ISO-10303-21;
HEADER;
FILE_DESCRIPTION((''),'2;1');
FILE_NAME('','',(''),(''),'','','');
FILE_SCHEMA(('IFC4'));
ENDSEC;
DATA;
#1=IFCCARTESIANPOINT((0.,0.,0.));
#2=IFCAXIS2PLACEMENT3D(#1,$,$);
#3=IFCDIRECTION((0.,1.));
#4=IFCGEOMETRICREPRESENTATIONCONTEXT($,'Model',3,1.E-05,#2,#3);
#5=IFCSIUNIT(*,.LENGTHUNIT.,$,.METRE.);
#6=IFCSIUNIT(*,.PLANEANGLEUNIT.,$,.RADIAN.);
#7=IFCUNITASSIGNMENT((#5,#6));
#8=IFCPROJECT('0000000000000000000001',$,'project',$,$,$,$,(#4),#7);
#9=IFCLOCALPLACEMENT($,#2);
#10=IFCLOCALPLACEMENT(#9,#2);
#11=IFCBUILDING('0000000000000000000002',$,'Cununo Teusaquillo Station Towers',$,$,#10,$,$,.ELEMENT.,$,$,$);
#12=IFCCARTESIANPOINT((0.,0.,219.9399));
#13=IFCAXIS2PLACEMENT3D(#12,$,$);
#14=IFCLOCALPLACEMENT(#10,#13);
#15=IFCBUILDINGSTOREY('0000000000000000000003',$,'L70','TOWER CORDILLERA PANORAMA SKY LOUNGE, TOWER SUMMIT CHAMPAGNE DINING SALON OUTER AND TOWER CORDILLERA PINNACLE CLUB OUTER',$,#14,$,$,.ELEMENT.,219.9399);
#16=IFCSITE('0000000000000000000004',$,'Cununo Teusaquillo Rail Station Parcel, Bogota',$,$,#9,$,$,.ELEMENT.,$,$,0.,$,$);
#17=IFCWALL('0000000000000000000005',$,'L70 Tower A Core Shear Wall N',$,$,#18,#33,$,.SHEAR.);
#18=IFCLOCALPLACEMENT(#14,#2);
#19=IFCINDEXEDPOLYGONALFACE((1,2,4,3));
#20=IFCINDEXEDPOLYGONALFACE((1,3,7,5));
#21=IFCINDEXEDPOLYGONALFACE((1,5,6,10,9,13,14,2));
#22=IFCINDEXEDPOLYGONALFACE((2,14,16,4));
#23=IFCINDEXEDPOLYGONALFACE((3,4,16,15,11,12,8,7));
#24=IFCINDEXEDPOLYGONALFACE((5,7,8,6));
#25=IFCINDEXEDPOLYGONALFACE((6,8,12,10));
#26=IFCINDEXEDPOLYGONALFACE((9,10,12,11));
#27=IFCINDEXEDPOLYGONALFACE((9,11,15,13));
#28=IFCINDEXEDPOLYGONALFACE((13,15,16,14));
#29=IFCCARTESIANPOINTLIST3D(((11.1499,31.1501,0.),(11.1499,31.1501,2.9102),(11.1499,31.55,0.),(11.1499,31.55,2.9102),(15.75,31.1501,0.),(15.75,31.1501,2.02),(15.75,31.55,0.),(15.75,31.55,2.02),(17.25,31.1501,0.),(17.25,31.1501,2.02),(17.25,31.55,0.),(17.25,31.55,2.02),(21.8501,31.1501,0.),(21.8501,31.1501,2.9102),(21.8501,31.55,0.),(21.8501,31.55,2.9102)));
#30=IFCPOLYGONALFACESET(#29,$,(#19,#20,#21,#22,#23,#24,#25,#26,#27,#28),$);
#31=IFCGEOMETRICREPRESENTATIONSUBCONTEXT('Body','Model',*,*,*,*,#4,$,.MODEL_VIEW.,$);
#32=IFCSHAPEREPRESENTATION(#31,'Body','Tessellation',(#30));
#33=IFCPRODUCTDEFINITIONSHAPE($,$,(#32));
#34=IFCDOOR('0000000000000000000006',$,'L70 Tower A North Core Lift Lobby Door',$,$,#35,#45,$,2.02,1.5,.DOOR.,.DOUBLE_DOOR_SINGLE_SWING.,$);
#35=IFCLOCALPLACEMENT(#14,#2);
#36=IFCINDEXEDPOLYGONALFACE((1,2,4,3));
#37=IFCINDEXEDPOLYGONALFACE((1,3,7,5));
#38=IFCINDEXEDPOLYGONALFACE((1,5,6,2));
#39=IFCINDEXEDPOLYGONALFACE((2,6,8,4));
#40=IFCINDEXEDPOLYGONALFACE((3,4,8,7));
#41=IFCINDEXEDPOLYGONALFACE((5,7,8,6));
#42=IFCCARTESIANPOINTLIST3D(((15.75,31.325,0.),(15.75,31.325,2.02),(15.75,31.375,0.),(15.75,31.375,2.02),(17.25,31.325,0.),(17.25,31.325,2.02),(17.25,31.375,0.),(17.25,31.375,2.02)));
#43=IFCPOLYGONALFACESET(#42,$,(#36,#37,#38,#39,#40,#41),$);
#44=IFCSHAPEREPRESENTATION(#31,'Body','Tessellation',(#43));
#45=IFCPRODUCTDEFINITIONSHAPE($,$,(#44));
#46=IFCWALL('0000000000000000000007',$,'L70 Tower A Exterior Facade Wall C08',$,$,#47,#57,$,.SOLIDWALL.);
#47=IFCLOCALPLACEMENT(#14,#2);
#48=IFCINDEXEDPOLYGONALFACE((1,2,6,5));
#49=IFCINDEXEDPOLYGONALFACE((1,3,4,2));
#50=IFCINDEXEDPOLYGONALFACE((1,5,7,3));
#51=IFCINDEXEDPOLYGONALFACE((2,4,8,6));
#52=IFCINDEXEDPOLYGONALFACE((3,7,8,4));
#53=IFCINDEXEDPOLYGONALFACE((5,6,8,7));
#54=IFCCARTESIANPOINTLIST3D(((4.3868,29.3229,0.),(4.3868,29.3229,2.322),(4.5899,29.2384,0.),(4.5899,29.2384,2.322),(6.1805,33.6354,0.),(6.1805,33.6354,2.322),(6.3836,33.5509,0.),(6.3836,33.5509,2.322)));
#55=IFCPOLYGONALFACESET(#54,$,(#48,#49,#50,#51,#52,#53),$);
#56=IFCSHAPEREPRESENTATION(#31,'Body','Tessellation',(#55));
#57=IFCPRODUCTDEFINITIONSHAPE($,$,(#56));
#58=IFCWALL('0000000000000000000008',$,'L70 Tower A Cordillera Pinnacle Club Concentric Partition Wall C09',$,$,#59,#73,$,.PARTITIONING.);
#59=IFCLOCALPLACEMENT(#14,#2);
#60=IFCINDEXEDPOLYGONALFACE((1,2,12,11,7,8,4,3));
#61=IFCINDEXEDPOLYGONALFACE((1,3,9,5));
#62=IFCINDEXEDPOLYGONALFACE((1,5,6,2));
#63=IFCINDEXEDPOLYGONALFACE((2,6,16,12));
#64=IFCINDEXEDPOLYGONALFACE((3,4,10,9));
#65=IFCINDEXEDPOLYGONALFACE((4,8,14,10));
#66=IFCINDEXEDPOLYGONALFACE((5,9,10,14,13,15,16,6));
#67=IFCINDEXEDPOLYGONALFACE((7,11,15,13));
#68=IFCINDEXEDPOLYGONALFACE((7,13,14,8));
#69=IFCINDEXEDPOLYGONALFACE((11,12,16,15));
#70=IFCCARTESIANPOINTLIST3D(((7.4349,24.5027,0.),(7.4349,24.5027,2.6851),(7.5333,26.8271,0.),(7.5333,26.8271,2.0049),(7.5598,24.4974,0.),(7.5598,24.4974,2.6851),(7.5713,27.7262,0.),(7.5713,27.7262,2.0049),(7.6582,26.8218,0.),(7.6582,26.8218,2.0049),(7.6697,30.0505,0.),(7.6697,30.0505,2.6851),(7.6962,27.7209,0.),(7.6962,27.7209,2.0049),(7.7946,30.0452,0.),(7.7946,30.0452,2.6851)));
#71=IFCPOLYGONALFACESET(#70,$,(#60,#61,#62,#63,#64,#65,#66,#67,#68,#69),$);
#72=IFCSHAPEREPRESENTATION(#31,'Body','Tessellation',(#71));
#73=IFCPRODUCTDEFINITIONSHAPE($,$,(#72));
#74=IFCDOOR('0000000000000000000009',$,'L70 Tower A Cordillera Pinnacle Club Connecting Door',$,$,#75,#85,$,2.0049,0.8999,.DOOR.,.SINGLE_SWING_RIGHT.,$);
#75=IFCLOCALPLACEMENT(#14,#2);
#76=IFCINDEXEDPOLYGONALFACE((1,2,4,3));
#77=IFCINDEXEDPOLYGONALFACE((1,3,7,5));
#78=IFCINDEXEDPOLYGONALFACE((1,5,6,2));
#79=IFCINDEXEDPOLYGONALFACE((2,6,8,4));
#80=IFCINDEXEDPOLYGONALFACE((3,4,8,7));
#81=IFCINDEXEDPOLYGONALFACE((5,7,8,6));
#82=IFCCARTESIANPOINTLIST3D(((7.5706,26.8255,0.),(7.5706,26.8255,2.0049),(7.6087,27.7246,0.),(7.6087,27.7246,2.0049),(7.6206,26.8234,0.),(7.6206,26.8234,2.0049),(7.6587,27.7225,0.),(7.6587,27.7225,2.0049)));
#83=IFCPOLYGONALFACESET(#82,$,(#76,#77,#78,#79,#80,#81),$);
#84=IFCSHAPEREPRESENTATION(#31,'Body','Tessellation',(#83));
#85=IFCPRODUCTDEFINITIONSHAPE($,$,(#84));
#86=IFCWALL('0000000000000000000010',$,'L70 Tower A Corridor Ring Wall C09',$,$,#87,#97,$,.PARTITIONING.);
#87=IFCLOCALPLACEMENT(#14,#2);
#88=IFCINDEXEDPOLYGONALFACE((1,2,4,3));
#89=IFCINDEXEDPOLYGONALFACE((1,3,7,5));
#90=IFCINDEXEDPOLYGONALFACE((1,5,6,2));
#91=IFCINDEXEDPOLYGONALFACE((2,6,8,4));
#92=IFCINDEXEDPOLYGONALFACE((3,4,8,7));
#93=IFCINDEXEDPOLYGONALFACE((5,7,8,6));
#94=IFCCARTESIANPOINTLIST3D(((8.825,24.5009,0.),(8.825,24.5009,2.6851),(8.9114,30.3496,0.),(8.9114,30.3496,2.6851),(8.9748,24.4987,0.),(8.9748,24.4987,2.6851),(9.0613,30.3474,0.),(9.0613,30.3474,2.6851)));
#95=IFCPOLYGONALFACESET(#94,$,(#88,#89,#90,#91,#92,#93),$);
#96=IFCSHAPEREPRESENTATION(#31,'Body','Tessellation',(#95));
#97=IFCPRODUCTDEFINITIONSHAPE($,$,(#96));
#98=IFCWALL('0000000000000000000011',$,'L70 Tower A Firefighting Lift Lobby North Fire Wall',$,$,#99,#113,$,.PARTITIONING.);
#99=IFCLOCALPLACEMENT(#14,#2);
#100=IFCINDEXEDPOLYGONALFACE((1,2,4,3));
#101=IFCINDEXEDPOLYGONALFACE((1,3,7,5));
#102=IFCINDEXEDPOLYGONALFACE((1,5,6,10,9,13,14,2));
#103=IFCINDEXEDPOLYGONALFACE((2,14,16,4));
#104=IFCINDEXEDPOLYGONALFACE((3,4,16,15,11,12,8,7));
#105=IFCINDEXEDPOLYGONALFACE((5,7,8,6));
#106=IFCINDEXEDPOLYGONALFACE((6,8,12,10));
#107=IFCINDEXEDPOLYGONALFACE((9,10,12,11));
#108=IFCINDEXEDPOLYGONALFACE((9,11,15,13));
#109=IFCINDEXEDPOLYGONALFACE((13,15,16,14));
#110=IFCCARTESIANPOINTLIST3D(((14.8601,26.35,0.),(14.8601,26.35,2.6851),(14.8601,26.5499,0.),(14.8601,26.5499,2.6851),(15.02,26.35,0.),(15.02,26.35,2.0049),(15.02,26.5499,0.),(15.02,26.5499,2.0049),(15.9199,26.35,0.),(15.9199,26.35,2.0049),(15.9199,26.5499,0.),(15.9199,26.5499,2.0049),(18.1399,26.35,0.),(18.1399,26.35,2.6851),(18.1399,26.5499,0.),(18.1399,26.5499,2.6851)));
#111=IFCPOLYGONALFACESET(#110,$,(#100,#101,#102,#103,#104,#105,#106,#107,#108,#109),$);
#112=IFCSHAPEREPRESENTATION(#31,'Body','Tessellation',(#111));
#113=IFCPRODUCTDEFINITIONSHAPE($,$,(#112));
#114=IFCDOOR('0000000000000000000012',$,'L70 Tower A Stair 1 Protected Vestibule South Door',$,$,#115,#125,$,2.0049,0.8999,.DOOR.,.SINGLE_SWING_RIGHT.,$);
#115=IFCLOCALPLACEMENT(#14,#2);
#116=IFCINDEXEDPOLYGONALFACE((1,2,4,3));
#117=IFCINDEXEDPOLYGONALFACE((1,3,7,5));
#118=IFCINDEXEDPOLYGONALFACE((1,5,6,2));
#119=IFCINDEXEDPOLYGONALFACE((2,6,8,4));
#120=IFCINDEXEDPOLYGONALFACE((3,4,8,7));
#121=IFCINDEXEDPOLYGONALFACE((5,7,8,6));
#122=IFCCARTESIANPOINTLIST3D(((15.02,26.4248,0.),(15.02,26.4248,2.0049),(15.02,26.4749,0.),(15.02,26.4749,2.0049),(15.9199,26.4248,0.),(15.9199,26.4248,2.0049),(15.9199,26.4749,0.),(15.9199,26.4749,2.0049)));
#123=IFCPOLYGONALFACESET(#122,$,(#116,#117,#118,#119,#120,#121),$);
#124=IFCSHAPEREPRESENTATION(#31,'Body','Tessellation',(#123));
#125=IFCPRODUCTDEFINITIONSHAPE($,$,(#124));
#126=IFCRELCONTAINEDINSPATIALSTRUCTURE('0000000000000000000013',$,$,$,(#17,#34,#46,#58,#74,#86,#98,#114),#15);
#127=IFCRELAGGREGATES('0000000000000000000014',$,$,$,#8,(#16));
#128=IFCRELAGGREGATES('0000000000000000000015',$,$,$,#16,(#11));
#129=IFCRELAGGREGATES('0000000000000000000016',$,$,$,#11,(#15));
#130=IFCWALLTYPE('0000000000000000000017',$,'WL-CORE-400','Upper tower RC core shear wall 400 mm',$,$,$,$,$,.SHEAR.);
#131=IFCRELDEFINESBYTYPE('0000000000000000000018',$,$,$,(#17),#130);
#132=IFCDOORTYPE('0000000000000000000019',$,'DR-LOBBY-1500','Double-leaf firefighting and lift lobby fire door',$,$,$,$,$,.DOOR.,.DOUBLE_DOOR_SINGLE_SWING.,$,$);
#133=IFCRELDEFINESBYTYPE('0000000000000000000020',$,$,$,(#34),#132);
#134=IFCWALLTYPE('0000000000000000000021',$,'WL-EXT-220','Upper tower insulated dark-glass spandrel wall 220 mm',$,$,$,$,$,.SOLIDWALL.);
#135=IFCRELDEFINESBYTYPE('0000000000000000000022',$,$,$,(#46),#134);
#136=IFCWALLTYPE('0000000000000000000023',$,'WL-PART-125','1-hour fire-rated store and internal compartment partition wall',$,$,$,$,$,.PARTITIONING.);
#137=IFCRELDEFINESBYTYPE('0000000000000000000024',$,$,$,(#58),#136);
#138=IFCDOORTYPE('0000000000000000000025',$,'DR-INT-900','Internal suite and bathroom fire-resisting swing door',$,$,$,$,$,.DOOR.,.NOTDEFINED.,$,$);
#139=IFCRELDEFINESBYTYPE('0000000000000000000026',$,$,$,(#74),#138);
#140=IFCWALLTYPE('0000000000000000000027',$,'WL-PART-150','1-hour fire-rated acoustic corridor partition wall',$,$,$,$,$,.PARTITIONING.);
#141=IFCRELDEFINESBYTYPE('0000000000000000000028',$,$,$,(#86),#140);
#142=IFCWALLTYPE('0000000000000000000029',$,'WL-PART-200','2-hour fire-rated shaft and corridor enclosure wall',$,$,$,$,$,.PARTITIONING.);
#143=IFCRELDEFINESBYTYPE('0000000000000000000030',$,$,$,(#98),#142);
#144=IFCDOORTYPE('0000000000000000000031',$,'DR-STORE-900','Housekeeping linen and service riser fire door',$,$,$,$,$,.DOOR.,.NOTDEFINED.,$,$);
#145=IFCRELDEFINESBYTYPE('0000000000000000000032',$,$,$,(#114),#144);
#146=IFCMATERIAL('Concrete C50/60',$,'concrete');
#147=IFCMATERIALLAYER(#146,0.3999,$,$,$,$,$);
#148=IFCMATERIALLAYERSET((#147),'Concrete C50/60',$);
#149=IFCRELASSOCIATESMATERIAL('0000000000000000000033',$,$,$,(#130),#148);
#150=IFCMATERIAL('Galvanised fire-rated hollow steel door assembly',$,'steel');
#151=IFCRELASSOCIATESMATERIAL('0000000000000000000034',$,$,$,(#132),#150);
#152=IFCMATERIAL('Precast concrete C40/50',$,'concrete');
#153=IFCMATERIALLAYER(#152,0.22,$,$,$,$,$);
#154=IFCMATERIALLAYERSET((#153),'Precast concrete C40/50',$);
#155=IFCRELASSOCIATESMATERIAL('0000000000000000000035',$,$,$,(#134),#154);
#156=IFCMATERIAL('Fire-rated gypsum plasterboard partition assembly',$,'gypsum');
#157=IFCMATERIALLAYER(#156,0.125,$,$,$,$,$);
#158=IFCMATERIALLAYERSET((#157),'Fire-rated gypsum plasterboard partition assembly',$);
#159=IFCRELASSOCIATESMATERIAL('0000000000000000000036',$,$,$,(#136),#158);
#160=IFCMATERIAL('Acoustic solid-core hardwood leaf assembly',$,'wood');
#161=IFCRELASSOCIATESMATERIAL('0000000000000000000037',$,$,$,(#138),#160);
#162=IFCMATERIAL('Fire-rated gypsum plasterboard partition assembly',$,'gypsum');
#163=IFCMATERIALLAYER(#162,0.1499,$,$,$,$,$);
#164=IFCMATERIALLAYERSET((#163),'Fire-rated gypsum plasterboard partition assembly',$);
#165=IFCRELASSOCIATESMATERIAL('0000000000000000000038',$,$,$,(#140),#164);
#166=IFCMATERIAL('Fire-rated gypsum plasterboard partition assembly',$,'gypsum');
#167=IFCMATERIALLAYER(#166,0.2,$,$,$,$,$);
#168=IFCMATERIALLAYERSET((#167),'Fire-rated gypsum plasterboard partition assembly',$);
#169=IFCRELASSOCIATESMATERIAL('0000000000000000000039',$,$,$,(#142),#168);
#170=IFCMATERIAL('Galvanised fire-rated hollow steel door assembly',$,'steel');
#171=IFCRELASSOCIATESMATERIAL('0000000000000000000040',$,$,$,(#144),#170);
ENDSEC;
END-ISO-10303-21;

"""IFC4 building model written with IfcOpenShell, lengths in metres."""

from ifc_helpers import new_model, si_unit, direction, frame, frame_2d, origin, place, context, subcontext, project, spatial, rectangle, extrude, source, transform, mapped, material, layer, layer_set, type_object, element, fill, save


model = new_model("IFC4")

# Units and contexts
model_context = context("Model", 3, precision=1e-05, world=origin(), true_north=direction((0.0, 1.0)))
body_context = subcontext(model_context, "Body", "Model", "MODEL_VIEW")
ifc_project = project(units=[si_unit("LENGTHUNIT", "METRE"), si_unit("PLANEANGLEUNIT", "RADIAN")], contexts=[model_context])

# Site, building, storey
site_placement = place(None, origin())
site = spatial("IfcSite", under=ifc_project, at=site_placement, Name="Cununo Teusaquillo Rail Station Parcel, Bogota", CompositionType="ELEMENT", RefElevation=0.0)
building_placement = place(site_placement, origin())
building = spatial("IfcBuilding", under=site, at=building_placement, Name="Cununo Teusaquillo Station Towers", CompositionType="ELEMENT")
storey_placement = place(building_placement, frame((0.0, 0.0, 219.9399)))
storey = spatial("IfcBuildingStorey", under=building, at=storey_placement, Name="L70", Description="TOWER CORDILLERA PANORAMA SKY LOUNGE, TOWER SUMMIT CHAMPAGNE DINING SALON OUTER AND TOWER CORDILLERA PINNACLE CLUB OUTER", CompositionType="ELEMENT", Elevation=219.9399)

# Wall, opening, door
ifc_material_1 = material(Name="Concrete C50/60", Category="concrete")
ifc_layer_1 = layer(ifc_material_1, 0.3999)
ifc_layer_set_1 = layer_set([ifc_layer_1], Name="Concrete C50/60")
wall_type_1 = type_object("IfcWallType", Name="WL-CORE-400", Description="Upper tower RC core shear wall 400 mm", PredefinedType="SHEAR", material=ifc_layer_set_1)
wall_1_placement = place(storey_placement, frame((11.1499, 31.3501, 0.0), z_axis=(0.0, 0.0, 1.0), x_axis=(1.0, 0.0, 0.0)))
wall_1 = element("IfcWall", 1, at=wall_1_placement, inside=storey, type_object=wall_type_1, Name="L70 Tower A Core Shear Wall N", PredefinedType="SHEAR", context=body_context, shape_type="SweptSolid", body=[
    extrude(rectangle(XDim=10.7002, YDim=0.3999, at=frame_2d((5.3501, 0.0))), origin(), (0.0, 0.0, 1.0), 2.9102),
])
shared_shape_1 = source(origin(), body_context, "Body", "SweptSolid", [
    extrude(rectangle(XDim=1.5, YDim=2.02, at=frame_2d((0.75, 1.01))), frame((0.0, 0.21, 0.0), z_axis=(0.0, -1.0, 0.0), x_axis=(1.0, 0.0, 0.0)), (0.0, 0.0, 1.0), 0.4199),
])
opening_1_placement = place(wall_1_placement, frame((4.6001, 0.0, 0.0)))
opening_1 = element("IfcOpeningElement", 2, at=opening_1_placement, cuts=wall_1, PredefinedType="OPENING", context=body_context, shape_type="MappedRepresentation", body=[
    mapped(shared_shape_1, transform((0.0, 0.0, 0.0), x_axis=(1.0, 0.0, 0.0), y_axis=(0.0, 1.0, 0.0), z_axis=(0.0, 0.0, 1.0), scale=1.0)),
])
ifc_material_2 = material(Name="Galvanised fire-rated hollow steel door assembly", Category="steel")
door_type_1 = type_object("IfcDoorType", Name="DR-LOBBY-1500", Description="Double-leaf firefighting and lift lobby fire door", OperationType="DOUBLE_DOOR_SINGLE_SWING", PredefinedType="DOOR", material=ifc_material_2)
shared_shape_2 = source(origin(), body_context, "Body", "SweptSolid", [
    extrude(rectangle(XDim=1.5, YDim=2.02, at=frame_2d((0.75, 1.01))), frame((0.0, 0.0249, 0.0), z_axis=(0.0, -1.0, 0.0), x_axis=(1.0, 0.0, 0.0)), (0.0, 0.0, 1.0), 0.05),
])
door_1_placement = place(opening_1_placement, origin())
door_1 = element("IfcDoor", 3, at=door_1_placement, inside=storey, type_object=door_type_1, Name="L70 Tower A North Core Lift Lobby Door", OperationType="DOUBLE_DOOR_SINGLE_SWING", OverallHeight=2.02, OverallWidth=1.5, PredefinedType="DOOR", context=body_context, shape_type="MappedRepresentation", body=[
    mapped(shared_shape_2, transform((0.0, 0.0, 0.0), x_axis=(1.0, 0.0, 0.0), y_axis=(0.0, 1.0, 0.0), z_axis=(0.0, 0.0, 1.0), scale=1.0)),
])
fill(opening_1, door_1)

# Wall
ifc_material_3 = material(Name="Precast concrete C40/50", Category="concrete")
ifc_layer_2 = layer(ifc_material_3, 0.22)
ifc_layer_set_2 = layer_set([ifc_layer_2], Name="Precast concrete C40/50")
wall_type_2 = type_object("IfcWallType", Name="WL-EXT-220", Description="Upper tower insulated dark-glass spandrel wall 220 mm", PredefinedType="SOLIDWALL", material=ifc_layer_set_2)
wall_2_placement = place(storey_placement, frame((4.4883, 29.2805, 0.0), z_axis=(0.0, 0.0, 1.0), x_axis=(0.384036, 0.923318, 0.0)))
element("IfcWall", 4, at=wall_2_placement, inside=storey, type_object=wall_type_2, Name="L70 Tower A Exterior Facade Wall C08", PredefinedType="SOLIDWALL", context=body_context, shape_type="SweptSolid", body=[
    extrude(rectangle(XDim=4.6707, YDim=0.22, at=frame_2d((2.3354, 0.0))), origin(), (0.0, 0.0, 1.0), 2.322),
])

# Wall, opening, door
ifc_material_4 = material(Name="Fire-rated gypsum plasterboard partition assembly", Category="gypsum")
ifc_layer_3 = layer(ifc_material_4, 0.125)
ifc_layer_set_3 = layer_set([ifc_layer_3], Name="Fire-rated gypsum plasterboard partition assembly")
wall_type_3 = type_object("IfcWallType", Name="WL-PART-125", Description="1-hour fire-rated store and internal compartment partition wall", PredefinedType="PARTITIONING", material=ifc_layer_set_3)
wall_3_placement = place(storey_placement, frame((7.7322, 30.0479, 0.0), z_axis=(0.0, 0.0, 1.0), x_axis=(-0.042296, -0.999105, 0.0)))
wall_3 = element("IfcWall", 5, at=wall_3_placement, inside=storey, type_object=wall_type_3, Name="L70 Tower A Cordillera Pinnacle Club Concentric Partition Wall C09", PredefinedType="PARTITIONING", context=body_context, shape_type="SweptSolid", body=[
    extrude(rectangle(XDim=5.5527, YDim=0.125, at=frame_2d((2.7764, 0.0))), origin(), (0.0, 0.0, 1.0), 2.6851),
])
shared_shape_3 = source(origin(), body_context, "Body", "SweptSolid", [
    extrude(rectangle(XDim=0.8999, YDim=2.0049, at=frame_2d((0.45, 1.0024))), frame((0.0, 0.0725, 0.0), z_axis=(0.0, -1.0, 0.0), x_axis=(1.0, 0.0, 0.0)), (0.0, 0.0, 1.0), 0.145),
])
opening_2_placement = place(wall_3_placement, frame((2.3264, 0.0, 0.0)))
opening_2 = element("IfcOpeningElement", 6, at=opening_2_placement, cuts=wall_3, PredefinedType="OPENING", context=body_context, shape_type="MappedRepresentation", body=[
    mapped(shared_shape_3, transform((0.0, 0.0, 0.0), x_axis=(1.0, 0.0, 0.0), y_axis=(0.0, 1.0, 0.0), z_axis=(0.0, 0.0, 1.0), scale=1.0)),
])
ifc_material_5 = material(Name="Acoustic solid-core hardwood leaf assembly", Category="wood")
door_type_2 = type_object("IfcDoorType", Name="DR-INT-900", Description="Internal suite and bathroom fire-resisting swing door", OperationType="NOTDEFINED", PredefinedType="DOOR", material=ifc_material_5)
shared_shape_4 = source(origin(), body_context, "Body", "SweptSolid", [
    extrude(rectangle(XDim=0.8999, YDim=2.0049, at=frame_2d((0.45, 1.0024))), frame((0.0, 0.0249, 0.0), z_axis=(0.0, -1.0, 0.0), x_axis=(1.0, 0.0, 0.0)), (0.0, 0.0, 1.0), 0.05),
])
door_2_placement = place(opening_2_placement, origin())
door_2 = element("IfcDoor", 7, at=door_2_placement, inside=storey, type_object=door_type_2, Name="L70 Tower A Cordillera Pinnacle Club Connecting Door", OperationType="SINGLE_SWING_RIGHT", OverallHeight=2.0049, OverallWidth=0.8999, PredefinedType="DOOR", context=body_context, shape_type="MappedRepresentation", body=[
    mapped(shared_shape_4, transform((0.0, 0.0, 0.0), x_axis=(1.0, 0.0, 0.0), y_axis=(0.0, 1.0, 0.0), z_axis=(0.0, 0.0, 1.0), scale=1.0)),
])
fill(opening_2, door_2)

# Wall
ifc_material_6 = material(Name="Fire-rated gypsum plasterboard partition assembly", Category="gypsum")
ifc_layer_4 = layer(ifc_material_6, 0.1499)
ifc_layer_set_4 = layer_set([ifc_layer_4], Name="Fire-rated gypsum plasterboard partition assembly")
wall_type_4 = type_object("IfcWallType", Name="WL-PART-150", Description="1-hour fire-rated acoustic corridor partition wall", PredefinedType="PARTITIONING", material=ifc_layer_set_4)
wall_4_placement = place(storey_placement, frame((8.9863, 30.3486, 0.0), z_axis=(0.0, 0.0, 1.0), x_axis=(-0.014775, -0.999891, 0.0)))
element("IfcWall", 8, at=wall_4_placement, inside=storey, type_object=wall_type_4, Name="L70 Tower A Corridor Ring Wall C09", PredefinedType="PARTITIONING", context=body_context, shape_type="SweptSolid", body=[
    extrude(rectangle(XDim=5.8494, YDim=0.1499, at=frame_2d((2.9248, 0.0))), origin(), (0.0, 0.0, 1.0), 2.6851),
])

# Wall, opening, door
ifc_material_7 = material(Name="Fire-rated gypsum plasterboard partition assembly", Category="gypsum")
ifc_layer_5 = layer(ifc_material_7, 0.2)
ifc_layer_set_5 = layer_set([ifc_layer_5], Name="Fire-rated gypsum plasterboard partition assembly")
wall_type_5 = type_object("IfcWallType", Name="WL-PART-200", Description="2-hour fire-rated shaft and corridor enclosure wall", PredefinedType="PARTITIONING", material=ifc_layer_set_5)
wall_5_placement = place(storey_placement, frame((14.8601, 26.45, 0.0), z_axis=(0.0, 0.0, 1.0), x_axis=(1.0, 0.0, 0.0)))
wall_5 = element("IfcWall", 9, at=wall_5_placement, inside=storey, type_object=wall_type_5, Name="L70 Tower A Firefighting Lift Lobby North Fire Wall", PredefinedType="PARTITIONING", context=body_context, shape_type="SweptSolid", body=[
    extrude(rectangle(XDim=3.2798, YDim=0.2, at=frame_2d((1.6399, 0.0))), origin(), (0.0, 0.0, 1.0), 2.6851),
])
shared_shape_5 = source(origin(), body_context, "Body", "SweptSolid", [
    extrude(rectangle(XDim=0.8999, YDim=2.0049, at=frame_2d((0.45, 1.0024))), frame((0.0, 0.1099, 0.0), z_axis=(0.0, -1.0, 0.0), x_axis=(1.0, 0.0, 0.0)), (0.0, 0.0, 1.0), 0.22),
])
opening_3_placement = place(wall_5_placement, frame((0.1599, 0.0, 0.0)))
opening_3 = element("IfcOpeningElement", 10, at=opening_3_placement, cuts=wall_5, PredefinedType="OPENING", context=body_context, shape_type="MappedRepresentation", body=[
    mapped(shared_shape_5, transform((0.0, 0.0, 0.0), x_axis=(1.0, 0.0, 0.0), y_axis=(0.0, 1.0, 0.0), z_axis=(0.0, 0.0, 1.0), scale=1.0)),
])
ifc_material_8 = material(Name="Galvanised fire-rated hollow steel door assembly", Category="steel")
door_type_3 = type_object("IfcDoorType", Name="DR-STORE-900", Description="Housekeeping linen and service riser fire door", OperationType="NOTDEFINED", PredefinedType="DOOR", material=ifc_material_8)
door_3_placement = place(opening_3_placement, origin())
door_3 = element("IfcDoor", 11, at=door_3_placement, inside=storey, type_object=door_type_3, Name="L70 Tower A Stair 1 Protected Vestibule South Door", OperationType="SINGLE_SWING_RIGHT", OverallHeight=2.0049, OverallWidth=0.8999, PredefinedType="DOOR", context=body_context, shape_type="MappedRepresentation", body=[
    mapped(shared_shape_4, transform((0.0, 0.0, 0.0), x_axis=(1.0, 0.0, 0.0), y_axis=(0.0, 1.0, 0.0), z_axis=(0.0, 0.0, 1.0), scale=1.0)),
])
fill(opening_3, door_3)

save(model, "model.ifc")
